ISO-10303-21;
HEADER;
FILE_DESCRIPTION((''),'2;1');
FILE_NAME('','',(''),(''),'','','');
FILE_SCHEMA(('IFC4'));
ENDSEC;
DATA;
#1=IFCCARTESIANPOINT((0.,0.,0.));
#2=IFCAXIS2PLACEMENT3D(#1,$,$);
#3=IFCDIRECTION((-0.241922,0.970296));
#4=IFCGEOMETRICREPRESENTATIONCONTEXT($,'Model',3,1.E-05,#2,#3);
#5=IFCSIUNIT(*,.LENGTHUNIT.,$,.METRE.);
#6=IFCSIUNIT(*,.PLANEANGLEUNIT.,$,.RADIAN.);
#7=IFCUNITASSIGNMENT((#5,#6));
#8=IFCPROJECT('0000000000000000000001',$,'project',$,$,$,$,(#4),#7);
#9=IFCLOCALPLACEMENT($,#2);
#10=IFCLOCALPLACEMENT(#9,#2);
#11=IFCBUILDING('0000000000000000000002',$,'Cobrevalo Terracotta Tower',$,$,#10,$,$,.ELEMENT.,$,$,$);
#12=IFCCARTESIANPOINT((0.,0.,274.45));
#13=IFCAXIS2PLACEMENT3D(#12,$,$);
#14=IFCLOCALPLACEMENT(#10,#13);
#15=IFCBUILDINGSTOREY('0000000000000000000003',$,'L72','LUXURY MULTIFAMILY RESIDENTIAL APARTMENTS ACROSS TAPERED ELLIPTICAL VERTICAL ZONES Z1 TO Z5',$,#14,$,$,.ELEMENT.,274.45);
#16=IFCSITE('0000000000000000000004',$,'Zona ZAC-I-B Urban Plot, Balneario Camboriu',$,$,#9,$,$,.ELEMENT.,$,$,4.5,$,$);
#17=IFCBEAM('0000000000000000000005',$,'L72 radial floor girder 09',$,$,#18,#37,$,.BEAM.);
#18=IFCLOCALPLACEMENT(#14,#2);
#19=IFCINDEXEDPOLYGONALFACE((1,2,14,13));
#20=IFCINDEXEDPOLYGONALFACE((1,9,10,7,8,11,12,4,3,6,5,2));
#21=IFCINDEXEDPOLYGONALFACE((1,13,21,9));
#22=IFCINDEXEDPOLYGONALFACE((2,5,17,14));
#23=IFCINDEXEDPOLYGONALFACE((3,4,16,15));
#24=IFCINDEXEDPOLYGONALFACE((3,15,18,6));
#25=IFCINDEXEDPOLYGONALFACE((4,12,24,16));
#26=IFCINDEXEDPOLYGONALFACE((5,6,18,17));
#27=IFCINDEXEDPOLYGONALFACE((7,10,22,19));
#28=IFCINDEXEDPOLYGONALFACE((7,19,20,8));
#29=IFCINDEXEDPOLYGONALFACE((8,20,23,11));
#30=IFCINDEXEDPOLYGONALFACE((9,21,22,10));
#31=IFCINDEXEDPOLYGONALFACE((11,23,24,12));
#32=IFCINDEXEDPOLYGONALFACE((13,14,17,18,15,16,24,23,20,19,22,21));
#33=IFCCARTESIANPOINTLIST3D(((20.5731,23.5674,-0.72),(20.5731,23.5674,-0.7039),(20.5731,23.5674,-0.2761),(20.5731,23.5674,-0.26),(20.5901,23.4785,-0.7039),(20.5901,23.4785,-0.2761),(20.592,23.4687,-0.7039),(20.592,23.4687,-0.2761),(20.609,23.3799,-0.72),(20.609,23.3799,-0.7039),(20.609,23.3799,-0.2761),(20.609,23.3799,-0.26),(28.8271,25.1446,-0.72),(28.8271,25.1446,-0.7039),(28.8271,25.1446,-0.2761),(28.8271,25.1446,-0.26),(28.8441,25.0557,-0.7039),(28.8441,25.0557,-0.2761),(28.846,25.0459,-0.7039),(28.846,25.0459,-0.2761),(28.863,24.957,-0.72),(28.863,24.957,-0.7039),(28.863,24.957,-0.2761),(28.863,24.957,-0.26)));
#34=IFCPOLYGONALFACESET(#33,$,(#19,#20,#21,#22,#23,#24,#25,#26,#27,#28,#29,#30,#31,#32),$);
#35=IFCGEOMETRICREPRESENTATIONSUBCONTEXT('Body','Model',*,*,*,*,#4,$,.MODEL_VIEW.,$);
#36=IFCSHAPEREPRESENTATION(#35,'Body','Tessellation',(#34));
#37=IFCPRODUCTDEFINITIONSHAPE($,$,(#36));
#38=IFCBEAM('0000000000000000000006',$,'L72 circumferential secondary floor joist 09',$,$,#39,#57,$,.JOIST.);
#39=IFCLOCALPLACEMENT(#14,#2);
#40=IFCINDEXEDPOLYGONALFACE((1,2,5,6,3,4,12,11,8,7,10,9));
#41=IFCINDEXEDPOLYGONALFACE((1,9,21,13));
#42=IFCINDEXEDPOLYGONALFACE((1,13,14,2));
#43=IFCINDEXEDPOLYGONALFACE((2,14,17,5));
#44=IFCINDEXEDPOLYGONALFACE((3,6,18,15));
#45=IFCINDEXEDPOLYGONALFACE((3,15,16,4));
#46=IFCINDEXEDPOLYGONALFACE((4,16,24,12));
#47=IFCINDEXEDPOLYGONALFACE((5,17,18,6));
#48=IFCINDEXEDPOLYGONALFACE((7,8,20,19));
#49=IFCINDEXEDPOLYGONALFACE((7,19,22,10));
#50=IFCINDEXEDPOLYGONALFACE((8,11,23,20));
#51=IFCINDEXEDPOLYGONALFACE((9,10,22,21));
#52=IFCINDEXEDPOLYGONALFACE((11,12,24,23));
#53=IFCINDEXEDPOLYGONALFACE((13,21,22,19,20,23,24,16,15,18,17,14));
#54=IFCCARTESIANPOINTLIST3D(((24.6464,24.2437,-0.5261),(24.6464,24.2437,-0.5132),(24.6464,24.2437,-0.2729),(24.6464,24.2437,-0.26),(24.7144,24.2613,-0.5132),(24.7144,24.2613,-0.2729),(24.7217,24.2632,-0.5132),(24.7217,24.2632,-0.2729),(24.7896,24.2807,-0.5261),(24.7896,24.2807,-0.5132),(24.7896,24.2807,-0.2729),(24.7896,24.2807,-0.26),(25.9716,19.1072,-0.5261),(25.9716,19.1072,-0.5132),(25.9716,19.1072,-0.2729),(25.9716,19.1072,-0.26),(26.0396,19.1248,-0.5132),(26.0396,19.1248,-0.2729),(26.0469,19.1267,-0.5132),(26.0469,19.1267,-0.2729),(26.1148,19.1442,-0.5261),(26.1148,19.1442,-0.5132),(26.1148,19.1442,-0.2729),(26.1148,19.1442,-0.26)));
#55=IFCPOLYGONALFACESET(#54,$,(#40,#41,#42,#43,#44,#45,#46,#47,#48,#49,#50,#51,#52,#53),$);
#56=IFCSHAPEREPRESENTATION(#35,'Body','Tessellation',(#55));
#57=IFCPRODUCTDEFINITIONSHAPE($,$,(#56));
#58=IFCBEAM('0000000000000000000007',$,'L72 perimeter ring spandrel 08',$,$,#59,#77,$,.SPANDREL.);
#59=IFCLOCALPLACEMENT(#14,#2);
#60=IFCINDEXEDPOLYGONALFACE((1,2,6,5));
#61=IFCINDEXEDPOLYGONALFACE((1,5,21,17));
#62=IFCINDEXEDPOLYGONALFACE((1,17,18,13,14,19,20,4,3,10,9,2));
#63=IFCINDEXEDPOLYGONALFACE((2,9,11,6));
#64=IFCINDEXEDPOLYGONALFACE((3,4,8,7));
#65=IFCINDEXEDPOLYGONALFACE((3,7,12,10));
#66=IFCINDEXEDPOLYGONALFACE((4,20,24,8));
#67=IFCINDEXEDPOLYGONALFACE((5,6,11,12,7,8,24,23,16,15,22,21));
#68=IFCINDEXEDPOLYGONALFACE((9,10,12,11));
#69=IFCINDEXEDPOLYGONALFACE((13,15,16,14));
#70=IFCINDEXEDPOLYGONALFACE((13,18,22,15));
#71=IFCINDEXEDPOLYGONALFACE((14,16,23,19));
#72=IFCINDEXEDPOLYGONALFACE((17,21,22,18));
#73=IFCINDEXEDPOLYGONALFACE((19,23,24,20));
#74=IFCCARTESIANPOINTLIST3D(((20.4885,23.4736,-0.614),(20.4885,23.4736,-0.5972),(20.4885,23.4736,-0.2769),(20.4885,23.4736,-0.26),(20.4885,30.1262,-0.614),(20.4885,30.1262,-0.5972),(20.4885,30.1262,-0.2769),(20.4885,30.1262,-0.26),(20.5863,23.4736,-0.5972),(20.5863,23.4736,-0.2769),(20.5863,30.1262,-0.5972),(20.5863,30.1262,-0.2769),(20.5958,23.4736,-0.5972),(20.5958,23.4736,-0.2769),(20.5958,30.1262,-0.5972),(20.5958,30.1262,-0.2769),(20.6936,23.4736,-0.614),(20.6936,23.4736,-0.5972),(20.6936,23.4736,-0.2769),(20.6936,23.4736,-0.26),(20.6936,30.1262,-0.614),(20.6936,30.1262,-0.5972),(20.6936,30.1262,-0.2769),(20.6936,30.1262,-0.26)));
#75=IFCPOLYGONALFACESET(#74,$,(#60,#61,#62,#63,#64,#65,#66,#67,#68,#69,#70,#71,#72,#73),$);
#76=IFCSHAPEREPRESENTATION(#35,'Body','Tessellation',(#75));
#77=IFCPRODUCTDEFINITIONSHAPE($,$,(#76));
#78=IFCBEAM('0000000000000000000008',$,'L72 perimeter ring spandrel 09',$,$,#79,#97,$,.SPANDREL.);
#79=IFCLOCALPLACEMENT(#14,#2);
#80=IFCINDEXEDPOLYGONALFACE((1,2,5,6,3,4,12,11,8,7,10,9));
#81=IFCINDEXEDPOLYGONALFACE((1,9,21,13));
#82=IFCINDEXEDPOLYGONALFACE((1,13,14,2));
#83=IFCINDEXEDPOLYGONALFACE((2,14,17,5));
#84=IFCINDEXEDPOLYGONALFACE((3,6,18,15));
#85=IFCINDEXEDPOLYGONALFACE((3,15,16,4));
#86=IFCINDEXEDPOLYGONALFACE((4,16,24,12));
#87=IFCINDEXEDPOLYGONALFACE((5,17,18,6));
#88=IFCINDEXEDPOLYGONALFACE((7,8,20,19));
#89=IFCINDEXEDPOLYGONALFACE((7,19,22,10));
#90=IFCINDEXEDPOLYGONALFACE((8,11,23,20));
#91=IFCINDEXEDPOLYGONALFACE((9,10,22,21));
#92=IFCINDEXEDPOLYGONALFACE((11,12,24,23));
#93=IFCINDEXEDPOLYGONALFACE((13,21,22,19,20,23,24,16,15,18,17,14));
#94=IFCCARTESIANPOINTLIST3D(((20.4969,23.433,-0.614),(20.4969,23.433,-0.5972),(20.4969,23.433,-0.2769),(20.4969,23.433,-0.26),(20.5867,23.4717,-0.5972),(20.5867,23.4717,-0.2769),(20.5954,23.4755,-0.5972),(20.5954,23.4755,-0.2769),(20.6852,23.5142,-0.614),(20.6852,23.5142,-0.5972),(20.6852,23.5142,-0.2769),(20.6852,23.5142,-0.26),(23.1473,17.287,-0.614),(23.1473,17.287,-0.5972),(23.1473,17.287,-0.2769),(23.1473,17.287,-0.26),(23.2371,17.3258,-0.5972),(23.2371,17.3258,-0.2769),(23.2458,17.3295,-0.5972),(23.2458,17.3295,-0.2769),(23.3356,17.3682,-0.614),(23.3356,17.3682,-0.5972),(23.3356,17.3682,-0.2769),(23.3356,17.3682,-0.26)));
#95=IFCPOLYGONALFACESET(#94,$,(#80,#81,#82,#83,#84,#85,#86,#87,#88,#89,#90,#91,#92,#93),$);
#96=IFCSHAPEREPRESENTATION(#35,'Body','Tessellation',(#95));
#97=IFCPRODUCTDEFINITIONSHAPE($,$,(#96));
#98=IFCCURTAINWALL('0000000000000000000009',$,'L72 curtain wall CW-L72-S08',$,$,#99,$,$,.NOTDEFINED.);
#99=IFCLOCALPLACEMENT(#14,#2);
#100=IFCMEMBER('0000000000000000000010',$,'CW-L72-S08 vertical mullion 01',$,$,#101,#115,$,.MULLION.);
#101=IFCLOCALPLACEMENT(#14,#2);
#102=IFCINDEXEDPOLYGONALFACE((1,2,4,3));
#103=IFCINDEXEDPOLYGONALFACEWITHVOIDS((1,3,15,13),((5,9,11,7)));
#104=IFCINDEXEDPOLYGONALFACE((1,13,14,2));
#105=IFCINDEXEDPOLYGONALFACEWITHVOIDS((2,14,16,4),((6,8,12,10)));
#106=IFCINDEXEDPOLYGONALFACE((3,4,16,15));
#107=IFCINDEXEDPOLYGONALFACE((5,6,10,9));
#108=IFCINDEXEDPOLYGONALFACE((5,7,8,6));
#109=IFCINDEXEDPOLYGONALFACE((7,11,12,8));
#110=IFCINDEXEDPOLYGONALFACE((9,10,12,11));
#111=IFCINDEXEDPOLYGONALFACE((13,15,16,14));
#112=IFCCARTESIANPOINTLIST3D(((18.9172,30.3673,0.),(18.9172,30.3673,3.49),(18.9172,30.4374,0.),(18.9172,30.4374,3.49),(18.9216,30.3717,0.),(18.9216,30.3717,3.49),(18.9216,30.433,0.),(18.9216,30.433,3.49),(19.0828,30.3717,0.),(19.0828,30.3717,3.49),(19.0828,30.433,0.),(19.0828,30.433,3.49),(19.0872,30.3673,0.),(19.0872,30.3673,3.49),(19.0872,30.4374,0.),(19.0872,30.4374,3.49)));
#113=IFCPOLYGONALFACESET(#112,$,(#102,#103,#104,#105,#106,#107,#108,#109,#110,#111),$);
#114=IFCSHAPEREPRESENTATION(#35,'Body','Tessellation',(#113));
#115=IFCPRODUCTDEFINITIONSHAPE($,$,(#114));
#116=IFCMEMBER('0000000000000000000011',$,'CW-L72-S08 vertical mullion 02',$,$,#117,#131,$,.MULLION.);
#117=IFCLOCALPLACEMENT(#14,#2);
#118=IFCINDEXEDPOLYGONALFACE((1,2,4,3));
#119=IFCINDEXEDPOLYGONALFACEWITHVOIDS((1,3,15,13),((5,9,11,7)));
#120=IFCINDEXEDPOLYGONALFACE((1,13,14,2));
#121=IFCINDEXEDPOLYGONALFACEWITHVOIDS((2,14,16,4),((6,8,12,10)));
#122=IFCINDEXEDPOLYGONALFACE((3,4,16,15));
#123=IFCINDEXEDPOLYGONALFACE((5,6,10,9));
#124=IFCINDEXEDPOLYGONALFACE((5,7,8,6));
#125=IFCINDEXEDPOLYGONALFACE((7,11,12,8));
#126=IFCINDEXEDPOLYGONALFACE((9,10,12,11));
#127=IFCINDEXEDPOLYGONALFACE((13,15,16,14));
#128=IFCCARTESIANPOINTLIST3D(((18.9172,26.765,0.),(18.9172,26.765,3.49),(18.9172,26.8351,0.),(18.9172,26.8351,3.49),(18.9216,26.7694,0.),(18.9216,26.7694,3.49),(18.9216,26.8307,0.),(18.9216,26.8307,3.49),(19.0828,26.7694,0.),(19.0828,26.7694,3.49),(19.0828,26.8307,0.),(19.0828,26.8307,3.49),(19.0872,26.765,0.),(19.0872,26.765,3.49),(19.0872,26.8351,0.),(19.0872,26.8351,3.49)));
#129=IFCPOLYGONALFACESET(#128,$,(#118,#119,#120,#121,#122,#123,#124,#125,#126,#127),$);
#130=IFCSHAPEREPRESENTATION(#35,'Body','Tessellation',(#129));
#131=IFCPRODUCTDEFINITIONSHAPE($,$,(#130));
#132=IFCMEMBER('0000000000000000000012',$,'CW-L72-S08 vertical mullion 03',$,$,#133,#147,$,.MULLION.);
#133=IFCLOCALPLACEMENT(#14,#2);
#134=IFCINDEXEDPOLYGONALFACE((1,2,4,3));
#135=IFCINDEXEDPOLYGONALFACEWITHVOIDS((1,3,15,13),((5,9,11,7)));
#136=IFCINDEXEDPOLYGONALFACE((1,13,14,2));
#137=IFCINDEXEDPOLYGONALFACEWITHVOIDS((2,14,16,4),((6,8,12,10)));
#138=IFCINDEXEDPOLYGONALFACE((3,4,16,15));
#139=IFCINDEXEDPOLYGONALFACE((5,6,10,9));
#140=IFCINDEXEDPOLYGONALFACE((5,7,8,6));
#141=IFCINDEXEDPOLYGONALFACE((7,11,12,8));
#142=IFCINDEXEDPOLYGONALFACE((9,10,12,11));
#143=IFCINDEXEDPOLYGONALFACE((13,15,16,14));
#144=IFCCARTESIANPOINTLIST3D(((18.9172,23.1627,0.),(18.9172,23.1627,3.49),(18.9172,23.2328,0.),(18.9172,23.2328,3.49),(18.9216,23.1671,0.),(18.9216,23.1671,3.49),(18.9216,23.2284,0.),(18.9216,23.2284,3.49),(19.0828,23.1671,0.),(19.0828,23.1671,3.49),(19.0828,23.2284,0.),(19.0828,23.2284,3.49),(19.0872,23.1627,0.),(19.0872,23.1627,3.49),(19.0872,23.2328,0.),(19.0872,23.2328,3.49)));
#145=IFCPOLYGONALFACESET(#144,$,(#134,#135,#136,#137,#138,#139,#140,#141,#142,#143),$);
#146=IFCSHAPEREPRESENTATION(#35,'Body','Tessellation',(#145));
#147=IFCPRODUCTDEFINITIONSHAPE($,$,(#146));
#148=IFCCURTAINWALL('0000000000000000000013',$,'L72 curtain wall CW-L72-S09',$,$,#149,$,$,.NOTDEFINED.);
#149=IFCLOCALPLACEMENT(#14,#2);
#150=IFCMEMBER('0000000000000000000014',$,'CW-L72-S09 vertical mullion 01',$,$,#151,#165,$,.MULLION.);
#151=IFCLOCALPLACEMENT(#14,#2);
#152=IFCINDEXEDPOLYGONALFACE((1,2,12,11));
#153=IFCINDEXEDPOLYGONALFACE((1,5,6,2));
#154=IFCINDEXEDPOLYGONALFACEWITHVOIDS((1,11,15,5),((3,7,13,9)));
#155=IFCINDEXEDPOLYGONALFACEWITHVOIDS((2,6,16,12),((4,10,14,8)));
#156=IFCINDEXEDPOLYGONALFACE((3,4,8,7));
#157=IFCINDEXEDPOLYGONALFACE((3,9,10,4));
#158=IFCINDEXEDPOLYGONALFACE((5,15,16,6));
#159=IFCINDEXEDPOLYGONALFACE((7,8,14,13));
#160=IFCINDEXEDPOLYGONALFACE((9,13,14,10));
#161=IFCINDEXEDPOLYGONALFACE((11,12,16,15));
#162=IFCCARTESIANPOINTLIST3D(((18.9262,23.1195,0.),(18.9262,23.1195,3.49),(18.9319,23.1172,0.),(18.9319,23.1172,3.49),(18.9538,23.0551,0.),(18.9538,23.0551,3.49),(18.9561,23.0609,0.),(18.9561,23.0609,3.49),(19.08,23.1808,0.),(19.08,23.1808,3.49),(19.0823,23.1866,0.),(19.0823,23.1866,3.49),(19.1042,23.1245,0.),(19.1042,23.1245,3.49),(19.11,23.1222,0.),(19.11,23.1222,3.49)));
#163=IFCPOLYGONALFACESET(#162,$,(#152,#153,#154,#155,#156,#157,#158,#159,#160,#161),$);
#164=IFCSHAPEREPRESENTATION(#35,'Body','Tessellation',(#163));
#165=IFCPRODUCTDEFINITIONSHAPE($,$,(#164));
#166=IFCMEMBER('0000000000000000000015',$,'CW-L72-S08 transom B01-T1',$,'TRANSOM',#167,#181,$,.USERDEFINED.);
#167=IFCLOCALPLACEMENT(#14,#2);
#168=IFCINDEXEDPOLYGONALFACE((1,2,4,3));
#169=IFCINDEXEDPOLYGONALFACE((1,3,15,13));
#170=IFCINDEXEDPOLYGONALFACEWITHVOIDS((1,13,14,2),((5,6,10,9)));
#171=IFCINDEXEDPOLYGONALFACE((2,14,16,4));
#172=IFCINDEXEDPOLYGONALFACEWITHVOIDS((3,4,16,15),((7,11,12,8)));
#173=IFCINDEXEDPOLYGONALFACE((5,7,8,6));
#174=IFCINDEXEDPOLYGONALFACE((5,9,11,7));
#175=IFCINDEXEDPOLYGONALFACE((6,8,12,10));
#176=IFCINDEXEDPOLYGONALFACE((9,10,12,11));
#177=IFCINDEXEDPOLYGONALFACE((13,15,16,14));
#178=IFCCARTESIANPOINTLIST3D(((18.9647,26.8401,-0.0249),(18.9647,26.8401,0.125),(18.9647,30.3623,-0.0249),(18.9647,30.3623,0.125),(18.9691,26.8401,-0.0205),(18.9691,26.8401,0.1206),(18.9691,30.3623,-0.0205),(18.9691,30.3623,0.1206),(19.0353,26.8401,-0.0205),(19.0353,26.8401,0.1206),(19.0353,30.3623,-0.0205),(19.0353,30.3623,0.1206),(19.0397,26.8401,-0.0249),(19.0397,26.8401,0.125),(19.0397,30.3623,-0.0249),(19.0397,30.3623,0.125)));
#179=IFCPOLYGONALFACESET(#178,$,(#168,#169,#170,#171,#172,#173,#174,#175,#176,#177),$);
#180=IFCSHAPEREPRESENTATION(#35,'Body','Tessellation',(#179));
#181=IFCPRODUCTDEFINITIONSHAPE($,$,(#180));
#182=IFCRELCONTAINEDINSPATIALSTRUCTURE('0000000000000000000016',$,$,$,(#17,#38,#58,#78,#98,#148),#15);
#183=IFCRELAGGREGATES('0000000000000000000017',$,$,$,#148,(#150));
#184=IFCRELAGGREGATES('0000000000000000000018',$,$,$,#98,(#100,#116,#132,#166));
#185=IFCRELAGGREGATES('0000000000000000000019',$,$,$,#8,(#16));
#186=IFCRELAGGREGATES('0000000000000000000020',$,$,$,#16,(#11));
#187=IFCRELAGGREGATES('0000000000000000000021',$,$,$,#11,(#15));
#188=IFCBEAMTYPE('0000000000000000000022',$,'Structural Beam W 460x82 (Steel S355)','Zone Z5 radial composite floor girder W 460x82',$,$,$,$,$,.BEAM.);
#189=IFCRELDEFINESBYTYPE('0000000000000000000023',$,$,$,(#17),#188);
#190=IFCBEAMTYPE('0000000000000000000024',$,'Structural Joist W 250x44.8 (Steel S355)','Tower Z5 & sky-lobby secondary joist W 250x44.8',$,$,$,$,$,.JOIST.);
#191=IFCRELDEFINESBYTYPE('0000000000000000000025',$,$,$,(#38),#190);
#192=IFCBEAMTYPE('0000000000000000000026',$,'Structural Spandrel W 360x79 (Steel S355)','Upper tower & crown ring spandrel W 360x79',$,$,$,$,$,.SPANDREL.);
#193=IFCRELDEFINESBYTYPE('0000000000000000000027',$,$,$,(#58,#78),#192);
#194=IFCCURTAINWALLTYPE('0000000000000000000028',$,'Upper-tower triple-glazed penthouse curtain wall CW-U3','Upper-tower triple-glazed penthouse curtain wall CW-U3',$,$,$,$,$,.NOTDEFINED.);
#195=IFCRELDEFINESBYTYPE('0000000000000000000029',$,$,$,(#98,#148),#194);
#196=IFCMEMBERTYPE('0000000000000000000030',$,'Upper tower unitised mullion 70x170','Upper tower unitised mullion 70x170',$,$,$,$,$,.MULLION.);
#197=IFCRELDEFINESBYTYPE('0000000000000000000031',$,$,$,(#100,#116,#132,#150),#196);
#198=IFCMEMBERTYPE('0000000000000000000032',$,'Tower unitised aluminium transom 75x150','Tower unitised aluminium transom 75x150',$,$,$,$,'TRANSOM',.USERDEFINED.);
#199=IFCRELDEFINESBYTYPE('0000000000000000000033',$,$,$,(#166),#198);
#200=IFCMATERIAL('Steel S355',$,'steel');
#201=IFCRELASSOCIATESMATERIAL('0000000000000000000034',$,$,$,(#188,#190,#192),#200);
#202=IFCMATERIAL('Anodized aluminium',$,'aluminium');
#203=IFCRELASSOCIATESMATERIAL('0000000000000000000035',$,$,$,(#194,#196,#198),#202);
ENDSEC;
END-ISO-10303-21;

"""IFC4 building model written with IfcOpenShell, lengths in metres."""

from ifc_helpers import new_model, si_unit, direction, frame, origin, origin_2d, place, context, subcontext, project, spatial, hollow_rectangle, i_section, extrude, source, transform, mapped, material, material_profile, profile_set, type_object, element, aggregate, save


model = new_model("IFC4")

# Units and contexts
model_context = context("Model", 3, precision=1e-05, world=origin(), true_north=direction((-0.241922, 0.970296)))
body_context = subcontext(model_context, "Body", "Model", "MODEL_VIEW")
ifc_project = project(units=[si_unit("LENGTHUNIT", "METRE"), si_unit("PLANEANGLEUNIT", "RADIAN")], contexts=[model_context])

# Site, building, storey
site_placement = place(None, origin())
site = spatial("IfcSite", under=ifc_project, at=site_placement, Name="Zona ZAC-I-B Urban Plot, Balneario Camboriu", CompositionType="ELEMENT", RefElevation=4.5)
building_placement = place(site_placement, origin())
building = spatial("IfcBuilding", under=site, at=building_placement, Name="Cobrevalo Terracotta Tower", CompositionType="ELEMENT")
storey_placement = place(building_placement, frame((0.0, 0.0, 274.45)))
storey = spatial("IfcBuildingStorey", under=building, at=storey_placement, Name="L72", Description="LUXURY MULTIFAMILY RESIDENTIAL APARTMENTS ACROSS TAPERED ELLIPTICAL VERTICAL ZONES Z1 TO Z5", CompositionType="ELEMENT", Elevation=274.45)

# Shared definitions
ifc_material_1 = material(Name="Steel S355", Category="steel")

# Beams
ifc_material_profile_1 = material_profile(ifc_material_1, i_section(OverallWidth=0.1909, OverallDepth=0.46, WebThickness=0.01, FlangeThickness=0.0161, at=origin_2d()), Name="W 460x82")
ifc_profile_set_1 = profile_set([ifc_material_profile_1], Name="Steel S355")
beam_type_1 = type_object("IfcBeamType", Name="Structural Beam W 460x82 (Steel S355)", Description="Zone Z5 radial composite floor girder W 460x82", PredefinedType="BEAM", material=ifc_profile_set_1)
beam_1_placement = place(storey_placement, frame((20.5911, 23.4736, -0.49), z_axis=(0.98223, 0.187683, 0.0), x_axis=(-0.187683, 0.98223, 0.0)))
element("IfcBeam", 1, at=beam_1_placement, inside=storey, type_object=beam_type_1, Name="L72 radial floor girder 09", PredefinedType="BEAM", context=body_context, shape_type="SweptSolid", body=[
    extrude(i_section(OverallWidth=0.1909, OverallDepth=0.46, WebThickness=0.01, FlangeThickness=0.0161, at=origin_2d()), origin(), (0.0, 0.0, 1.0), 8.4033),
])
ifc_material_profile_2 = material_profile(ifc_material_1, i_section(OverallWidth=0.1479, OverallDepth=0.2661, WebThickness=0.0076, FlangeThickness=0.0129, at=origin_2d()), Name="W 250x44.8")
ifc_profile_set_2 = profile_set([ifc_material_profile_2], Name="Steel S355")
beam_type_2 = type_object("IfcBeamType", Name="Structural Joist W 250x44.8 (Steel S355)", Description="Tower Z5 & sky-lobby secondary joist W 250x44.8", PredefinedType="JOIST", material=ifc_profile_set_2)
beam_2_placement = place(storey_placement, frame((24.718, 24.2622, -0.3931), z_axis=(0.249817, -0.968293, 0.0), x_axis=(0.968293, 0.249817, 0.0)))
element("IfcBeam", 2, at=beam_2_placement, inside=storey, type_object=beam_type_2, Name="L72 circumferential secondary floor joist 09", PredefinedType="JOIST", context=body_context, shape_type="SweptSolid", body=[
    extrude(i_section(OverallWidth=0.1479, OverallDepth=0.2661, WebThickness=0.0076, FlangeThickness=0.0129, at=origin_2d()), origin(), (0.0, 0.0, 1.0), 5.3047),
])
ifc_material_profile_3 = material_profile(ifc_material_1, i_section(OverallWidth=0.2051, OverallDepth=0.354, WebThickness=0.0095, FlangeThickness=0.0168, at=origin_2d()), Name="W 360x79")
ifc_profile_set_3 = profile_set([ifc_material_profile_3], Name="Steel S355")
beam_type_3 = type_object("IfcBeamType", Name="Structural Spandrel W 360x79 (Steel S355)", Description="Upper tower & crown ring spandrel W 360x79", PredefinedType="SPANDREL", material=ifc_profile_set_3)
beam_3_placement = place(storey_placement, frame((20.5911, 30.1262, -0.437), z_axis=(0.0, -1.0, 0.0), x_axis=(1.0, 0.0, 0.0)))
element("IfcBeam", 3, at=beam_3_placement, inside=storey, type_object=beam_type_3, Name="L72 perimeter ring spandrel 08", PredefinedType="SPANDREL", context=body_context, shape_type="SweptSolid", body=[
    extrude(i_section(OverallWidth=0.2051, OverallDepth=0.354, WebThickness=0.0095, FlangeThickness=0.0168, at=origin_2d()), origin(), (0.0, 0.0, 1.0), 6.6526),
])
beam_4_placement = place(storey_placement, frame((20.5911, 23.4736, -0.437), z_axis=(0.395987, -0.918256, 0.0), x_axis=(0.918256, 0.395987, 0.0)))
element("IfcBeam", 4, at=beam_4_placement, inside=storey, type_object=beam_type_3, Name="L72 perimeter ring spandrel 09", PredefinedType="SPANDREL", context=body_context, shape_type="SweptSolid", body=[
    extrude(i_section(OverallWidth=0.2051, OverallDepth=0.354, WebThickness=0.0095, FlangeThickness=0.0168, at=origin_2d()), origin(), (0.0, 0.0, 1.0), 6.6931),
])

# Curtain wall, members
ifc_material_2 = material(Name="Anodized aluminium", Category="aluminium")
curtain_wall_type = type_object("IfcCurtainWallType", Name="Upper-tower triple-glazed penthouse curtain wall CW-U3", Description="Upper-tower triple-glazed penthouse curtain wall CW-U3", PredefinedType="NOTDEFINED", material=ifc_material_2)
curtain_wall_1_placement = place(storey_placement, origin())
curtain_wall_1 = element("IfcCurtainWall", 5, at=curtain_wall_1_placement, inside=storey, type_object=curtain_wall_type, Name="L72 curtain wall CW-L72-S08", PredefinedType="NOTDEFINED")
ifc_material_profile_4 = material_profile(ifc_material_2, hollow_rectangle(XDim=0.0701, YDim=0.1699, WallThickness=0.0044, at=origin_2d()), Name="CWM 70x170")
ifc_profile_set_4 = profile_set([ifc_material_profile_4], Name="Anodized aluminium")
member_type_1 = type_object("IfcMemberType", Name="Upper tower unitised mullion 70x170", Description="Upper tower unitised mullion 70x170", PredefinedType="MULLION", material=ifc_profile_set_4)
shared_shape_1 = source(origin(), body_context, "Body", "SweptSolid", [
    extrude(hollow_rectangle(XDim=0.0701, YDim=0.1699, WallThickness=0.0044, at=origin_2d()), origin(), (0.0, 0.0, 1.0), 3.49),
])
member_1_placement = place(storey_placement, frame((19.0022, 30.4023, 0.0), z_axis=(0.0, 0.0, 1.0), x_axis=(0.0, -1.0, 0.0)))
member_1 = element("IfcMember", 6, at=member_1_placement, type_object=member_type_1, Name="CW-L72-S08 vertical mullion 01", PredefinedType="MULLION", context=body_context, shape_type="MappedRepresentation", body=[
    mapped(shared_shape_1, transform((0.0, 0.0, 0.0), scale=1.0)),
])
member_2_placement = place(storey_placement, frame((19.0022, 26.8, 0.0), z_axis=(0.0, 0.0, 1.0), x_axis=(0.0, -1.0, 0.0)))
member_2 = element("IfcMember", 7, at=member_2_placement, type_object=member_type_1, Name="CW-L72-S08 vertical mullion 02", PredefinedType="MULLION", context=body_context, shape_type="MappedRepresentation", body=[
    mapped(shared_shape_1, transform((0.0, 0.0, 0.0), scale=1.0)),
])
member_3_placement = place(storey_placement, frame((19.0022, 23.1978, 0.0), z_axis=(0.0, 0.0, 1.0), x_axis=(0.0, -1.0, 0.0)))
member_3 = element("IfcMember", 8, at=member_3_placement, type_object=member_type_1, Name="CW-L72-S08 vertical mullion 03", PredefinedType="MULLION", context=body_context, shape_type="MappedRepresentation", body=[
    mapped(shared_shape_1, transform((0.0, 0.0, 0.0), scale=1.0)),
])

# Curtain wall, member
curtain_wall_2_placement = place(storey_placement, origin())
curtain_wall_2 = element("IfcCurtainWall", 9, at=curtain_wall_2_placement, inside=storey, type_object=curtain_wall_type, Name="L72 curtain wall CW-L72-S09", PredefinedType="NOTDEFINED")
member_4_placement = place(storey_placement, frame((19.0181, 23.1208, 0.0), z_axis=(0.0, 0.0, 1.0), x_axis=(0.394824, -0.918757, 0.0)))
member_4 = element("IfcMember", 10, at=member_4_placement, type_object=member_type_1, Name="CW-L72-S09 vertical mullion 01", PredefinedType="MULLION", context=body_context, shape_type="MappedRepresentation", body=[
    mapped(shared_shape_1, transform((0.0, 0.0, 0.0), scale=1.0)),
])
aggregate(curtain_wall_2, [member_4])

# Member
ifc_material_profile_5 = material_profile(ifc_material_2, hollow_rectangle(XDim=0.075, YDim=0.1499, WallThickness=0.0044, at=origin_2d()), Name="CWT 75x150")
ifc_profile_set_5 = profile_set([ifc_material_profile_5], Name="Anodized aluminium")
member_type_2 = type_object("IfcMemberType", Name="Tower unitised aluminium transom 75x150", Description="Tower unitised aluminium transom 75x150", ElementType="TRANSOM", PredefinedType="USERDEFINED", material=ifc_profile_set_5)
shared_shape_2 = source(origin(), body_context, "Body", "SweptSolid", [
    extrude(hollow_rectangle(XDim=0.075, YDim=0.1499, WallThickness=0.0044, at=origin_2d()), origin(), (0.0, 0.0, 1.0), 3.5222),
])
member_5_placement = place(storey_placement, frame((19.0022, 30.3623, 0.05), z_axis=(0.0, -1.0, 0.0), x_axis=(1.0, 0.0, 0.0)))
member_5 = element("IfcMember", 11, at=member_5_placement, type_object=member_type_2, Name="CW-L72-S08 transom B01-T1", ObjectType="TRANSOM", PredefinedType="USERDEFINED", context=body_context, shape_type="MappedRepresentation", body=[
    mapped(shared_shape_2, transform((0.0, 0.0, 0.0), scale=1.0)),
])

aggregate(curtain_wall_1, [member_1, member_2, member_3, member_5])

save(model, "model.ifc")
